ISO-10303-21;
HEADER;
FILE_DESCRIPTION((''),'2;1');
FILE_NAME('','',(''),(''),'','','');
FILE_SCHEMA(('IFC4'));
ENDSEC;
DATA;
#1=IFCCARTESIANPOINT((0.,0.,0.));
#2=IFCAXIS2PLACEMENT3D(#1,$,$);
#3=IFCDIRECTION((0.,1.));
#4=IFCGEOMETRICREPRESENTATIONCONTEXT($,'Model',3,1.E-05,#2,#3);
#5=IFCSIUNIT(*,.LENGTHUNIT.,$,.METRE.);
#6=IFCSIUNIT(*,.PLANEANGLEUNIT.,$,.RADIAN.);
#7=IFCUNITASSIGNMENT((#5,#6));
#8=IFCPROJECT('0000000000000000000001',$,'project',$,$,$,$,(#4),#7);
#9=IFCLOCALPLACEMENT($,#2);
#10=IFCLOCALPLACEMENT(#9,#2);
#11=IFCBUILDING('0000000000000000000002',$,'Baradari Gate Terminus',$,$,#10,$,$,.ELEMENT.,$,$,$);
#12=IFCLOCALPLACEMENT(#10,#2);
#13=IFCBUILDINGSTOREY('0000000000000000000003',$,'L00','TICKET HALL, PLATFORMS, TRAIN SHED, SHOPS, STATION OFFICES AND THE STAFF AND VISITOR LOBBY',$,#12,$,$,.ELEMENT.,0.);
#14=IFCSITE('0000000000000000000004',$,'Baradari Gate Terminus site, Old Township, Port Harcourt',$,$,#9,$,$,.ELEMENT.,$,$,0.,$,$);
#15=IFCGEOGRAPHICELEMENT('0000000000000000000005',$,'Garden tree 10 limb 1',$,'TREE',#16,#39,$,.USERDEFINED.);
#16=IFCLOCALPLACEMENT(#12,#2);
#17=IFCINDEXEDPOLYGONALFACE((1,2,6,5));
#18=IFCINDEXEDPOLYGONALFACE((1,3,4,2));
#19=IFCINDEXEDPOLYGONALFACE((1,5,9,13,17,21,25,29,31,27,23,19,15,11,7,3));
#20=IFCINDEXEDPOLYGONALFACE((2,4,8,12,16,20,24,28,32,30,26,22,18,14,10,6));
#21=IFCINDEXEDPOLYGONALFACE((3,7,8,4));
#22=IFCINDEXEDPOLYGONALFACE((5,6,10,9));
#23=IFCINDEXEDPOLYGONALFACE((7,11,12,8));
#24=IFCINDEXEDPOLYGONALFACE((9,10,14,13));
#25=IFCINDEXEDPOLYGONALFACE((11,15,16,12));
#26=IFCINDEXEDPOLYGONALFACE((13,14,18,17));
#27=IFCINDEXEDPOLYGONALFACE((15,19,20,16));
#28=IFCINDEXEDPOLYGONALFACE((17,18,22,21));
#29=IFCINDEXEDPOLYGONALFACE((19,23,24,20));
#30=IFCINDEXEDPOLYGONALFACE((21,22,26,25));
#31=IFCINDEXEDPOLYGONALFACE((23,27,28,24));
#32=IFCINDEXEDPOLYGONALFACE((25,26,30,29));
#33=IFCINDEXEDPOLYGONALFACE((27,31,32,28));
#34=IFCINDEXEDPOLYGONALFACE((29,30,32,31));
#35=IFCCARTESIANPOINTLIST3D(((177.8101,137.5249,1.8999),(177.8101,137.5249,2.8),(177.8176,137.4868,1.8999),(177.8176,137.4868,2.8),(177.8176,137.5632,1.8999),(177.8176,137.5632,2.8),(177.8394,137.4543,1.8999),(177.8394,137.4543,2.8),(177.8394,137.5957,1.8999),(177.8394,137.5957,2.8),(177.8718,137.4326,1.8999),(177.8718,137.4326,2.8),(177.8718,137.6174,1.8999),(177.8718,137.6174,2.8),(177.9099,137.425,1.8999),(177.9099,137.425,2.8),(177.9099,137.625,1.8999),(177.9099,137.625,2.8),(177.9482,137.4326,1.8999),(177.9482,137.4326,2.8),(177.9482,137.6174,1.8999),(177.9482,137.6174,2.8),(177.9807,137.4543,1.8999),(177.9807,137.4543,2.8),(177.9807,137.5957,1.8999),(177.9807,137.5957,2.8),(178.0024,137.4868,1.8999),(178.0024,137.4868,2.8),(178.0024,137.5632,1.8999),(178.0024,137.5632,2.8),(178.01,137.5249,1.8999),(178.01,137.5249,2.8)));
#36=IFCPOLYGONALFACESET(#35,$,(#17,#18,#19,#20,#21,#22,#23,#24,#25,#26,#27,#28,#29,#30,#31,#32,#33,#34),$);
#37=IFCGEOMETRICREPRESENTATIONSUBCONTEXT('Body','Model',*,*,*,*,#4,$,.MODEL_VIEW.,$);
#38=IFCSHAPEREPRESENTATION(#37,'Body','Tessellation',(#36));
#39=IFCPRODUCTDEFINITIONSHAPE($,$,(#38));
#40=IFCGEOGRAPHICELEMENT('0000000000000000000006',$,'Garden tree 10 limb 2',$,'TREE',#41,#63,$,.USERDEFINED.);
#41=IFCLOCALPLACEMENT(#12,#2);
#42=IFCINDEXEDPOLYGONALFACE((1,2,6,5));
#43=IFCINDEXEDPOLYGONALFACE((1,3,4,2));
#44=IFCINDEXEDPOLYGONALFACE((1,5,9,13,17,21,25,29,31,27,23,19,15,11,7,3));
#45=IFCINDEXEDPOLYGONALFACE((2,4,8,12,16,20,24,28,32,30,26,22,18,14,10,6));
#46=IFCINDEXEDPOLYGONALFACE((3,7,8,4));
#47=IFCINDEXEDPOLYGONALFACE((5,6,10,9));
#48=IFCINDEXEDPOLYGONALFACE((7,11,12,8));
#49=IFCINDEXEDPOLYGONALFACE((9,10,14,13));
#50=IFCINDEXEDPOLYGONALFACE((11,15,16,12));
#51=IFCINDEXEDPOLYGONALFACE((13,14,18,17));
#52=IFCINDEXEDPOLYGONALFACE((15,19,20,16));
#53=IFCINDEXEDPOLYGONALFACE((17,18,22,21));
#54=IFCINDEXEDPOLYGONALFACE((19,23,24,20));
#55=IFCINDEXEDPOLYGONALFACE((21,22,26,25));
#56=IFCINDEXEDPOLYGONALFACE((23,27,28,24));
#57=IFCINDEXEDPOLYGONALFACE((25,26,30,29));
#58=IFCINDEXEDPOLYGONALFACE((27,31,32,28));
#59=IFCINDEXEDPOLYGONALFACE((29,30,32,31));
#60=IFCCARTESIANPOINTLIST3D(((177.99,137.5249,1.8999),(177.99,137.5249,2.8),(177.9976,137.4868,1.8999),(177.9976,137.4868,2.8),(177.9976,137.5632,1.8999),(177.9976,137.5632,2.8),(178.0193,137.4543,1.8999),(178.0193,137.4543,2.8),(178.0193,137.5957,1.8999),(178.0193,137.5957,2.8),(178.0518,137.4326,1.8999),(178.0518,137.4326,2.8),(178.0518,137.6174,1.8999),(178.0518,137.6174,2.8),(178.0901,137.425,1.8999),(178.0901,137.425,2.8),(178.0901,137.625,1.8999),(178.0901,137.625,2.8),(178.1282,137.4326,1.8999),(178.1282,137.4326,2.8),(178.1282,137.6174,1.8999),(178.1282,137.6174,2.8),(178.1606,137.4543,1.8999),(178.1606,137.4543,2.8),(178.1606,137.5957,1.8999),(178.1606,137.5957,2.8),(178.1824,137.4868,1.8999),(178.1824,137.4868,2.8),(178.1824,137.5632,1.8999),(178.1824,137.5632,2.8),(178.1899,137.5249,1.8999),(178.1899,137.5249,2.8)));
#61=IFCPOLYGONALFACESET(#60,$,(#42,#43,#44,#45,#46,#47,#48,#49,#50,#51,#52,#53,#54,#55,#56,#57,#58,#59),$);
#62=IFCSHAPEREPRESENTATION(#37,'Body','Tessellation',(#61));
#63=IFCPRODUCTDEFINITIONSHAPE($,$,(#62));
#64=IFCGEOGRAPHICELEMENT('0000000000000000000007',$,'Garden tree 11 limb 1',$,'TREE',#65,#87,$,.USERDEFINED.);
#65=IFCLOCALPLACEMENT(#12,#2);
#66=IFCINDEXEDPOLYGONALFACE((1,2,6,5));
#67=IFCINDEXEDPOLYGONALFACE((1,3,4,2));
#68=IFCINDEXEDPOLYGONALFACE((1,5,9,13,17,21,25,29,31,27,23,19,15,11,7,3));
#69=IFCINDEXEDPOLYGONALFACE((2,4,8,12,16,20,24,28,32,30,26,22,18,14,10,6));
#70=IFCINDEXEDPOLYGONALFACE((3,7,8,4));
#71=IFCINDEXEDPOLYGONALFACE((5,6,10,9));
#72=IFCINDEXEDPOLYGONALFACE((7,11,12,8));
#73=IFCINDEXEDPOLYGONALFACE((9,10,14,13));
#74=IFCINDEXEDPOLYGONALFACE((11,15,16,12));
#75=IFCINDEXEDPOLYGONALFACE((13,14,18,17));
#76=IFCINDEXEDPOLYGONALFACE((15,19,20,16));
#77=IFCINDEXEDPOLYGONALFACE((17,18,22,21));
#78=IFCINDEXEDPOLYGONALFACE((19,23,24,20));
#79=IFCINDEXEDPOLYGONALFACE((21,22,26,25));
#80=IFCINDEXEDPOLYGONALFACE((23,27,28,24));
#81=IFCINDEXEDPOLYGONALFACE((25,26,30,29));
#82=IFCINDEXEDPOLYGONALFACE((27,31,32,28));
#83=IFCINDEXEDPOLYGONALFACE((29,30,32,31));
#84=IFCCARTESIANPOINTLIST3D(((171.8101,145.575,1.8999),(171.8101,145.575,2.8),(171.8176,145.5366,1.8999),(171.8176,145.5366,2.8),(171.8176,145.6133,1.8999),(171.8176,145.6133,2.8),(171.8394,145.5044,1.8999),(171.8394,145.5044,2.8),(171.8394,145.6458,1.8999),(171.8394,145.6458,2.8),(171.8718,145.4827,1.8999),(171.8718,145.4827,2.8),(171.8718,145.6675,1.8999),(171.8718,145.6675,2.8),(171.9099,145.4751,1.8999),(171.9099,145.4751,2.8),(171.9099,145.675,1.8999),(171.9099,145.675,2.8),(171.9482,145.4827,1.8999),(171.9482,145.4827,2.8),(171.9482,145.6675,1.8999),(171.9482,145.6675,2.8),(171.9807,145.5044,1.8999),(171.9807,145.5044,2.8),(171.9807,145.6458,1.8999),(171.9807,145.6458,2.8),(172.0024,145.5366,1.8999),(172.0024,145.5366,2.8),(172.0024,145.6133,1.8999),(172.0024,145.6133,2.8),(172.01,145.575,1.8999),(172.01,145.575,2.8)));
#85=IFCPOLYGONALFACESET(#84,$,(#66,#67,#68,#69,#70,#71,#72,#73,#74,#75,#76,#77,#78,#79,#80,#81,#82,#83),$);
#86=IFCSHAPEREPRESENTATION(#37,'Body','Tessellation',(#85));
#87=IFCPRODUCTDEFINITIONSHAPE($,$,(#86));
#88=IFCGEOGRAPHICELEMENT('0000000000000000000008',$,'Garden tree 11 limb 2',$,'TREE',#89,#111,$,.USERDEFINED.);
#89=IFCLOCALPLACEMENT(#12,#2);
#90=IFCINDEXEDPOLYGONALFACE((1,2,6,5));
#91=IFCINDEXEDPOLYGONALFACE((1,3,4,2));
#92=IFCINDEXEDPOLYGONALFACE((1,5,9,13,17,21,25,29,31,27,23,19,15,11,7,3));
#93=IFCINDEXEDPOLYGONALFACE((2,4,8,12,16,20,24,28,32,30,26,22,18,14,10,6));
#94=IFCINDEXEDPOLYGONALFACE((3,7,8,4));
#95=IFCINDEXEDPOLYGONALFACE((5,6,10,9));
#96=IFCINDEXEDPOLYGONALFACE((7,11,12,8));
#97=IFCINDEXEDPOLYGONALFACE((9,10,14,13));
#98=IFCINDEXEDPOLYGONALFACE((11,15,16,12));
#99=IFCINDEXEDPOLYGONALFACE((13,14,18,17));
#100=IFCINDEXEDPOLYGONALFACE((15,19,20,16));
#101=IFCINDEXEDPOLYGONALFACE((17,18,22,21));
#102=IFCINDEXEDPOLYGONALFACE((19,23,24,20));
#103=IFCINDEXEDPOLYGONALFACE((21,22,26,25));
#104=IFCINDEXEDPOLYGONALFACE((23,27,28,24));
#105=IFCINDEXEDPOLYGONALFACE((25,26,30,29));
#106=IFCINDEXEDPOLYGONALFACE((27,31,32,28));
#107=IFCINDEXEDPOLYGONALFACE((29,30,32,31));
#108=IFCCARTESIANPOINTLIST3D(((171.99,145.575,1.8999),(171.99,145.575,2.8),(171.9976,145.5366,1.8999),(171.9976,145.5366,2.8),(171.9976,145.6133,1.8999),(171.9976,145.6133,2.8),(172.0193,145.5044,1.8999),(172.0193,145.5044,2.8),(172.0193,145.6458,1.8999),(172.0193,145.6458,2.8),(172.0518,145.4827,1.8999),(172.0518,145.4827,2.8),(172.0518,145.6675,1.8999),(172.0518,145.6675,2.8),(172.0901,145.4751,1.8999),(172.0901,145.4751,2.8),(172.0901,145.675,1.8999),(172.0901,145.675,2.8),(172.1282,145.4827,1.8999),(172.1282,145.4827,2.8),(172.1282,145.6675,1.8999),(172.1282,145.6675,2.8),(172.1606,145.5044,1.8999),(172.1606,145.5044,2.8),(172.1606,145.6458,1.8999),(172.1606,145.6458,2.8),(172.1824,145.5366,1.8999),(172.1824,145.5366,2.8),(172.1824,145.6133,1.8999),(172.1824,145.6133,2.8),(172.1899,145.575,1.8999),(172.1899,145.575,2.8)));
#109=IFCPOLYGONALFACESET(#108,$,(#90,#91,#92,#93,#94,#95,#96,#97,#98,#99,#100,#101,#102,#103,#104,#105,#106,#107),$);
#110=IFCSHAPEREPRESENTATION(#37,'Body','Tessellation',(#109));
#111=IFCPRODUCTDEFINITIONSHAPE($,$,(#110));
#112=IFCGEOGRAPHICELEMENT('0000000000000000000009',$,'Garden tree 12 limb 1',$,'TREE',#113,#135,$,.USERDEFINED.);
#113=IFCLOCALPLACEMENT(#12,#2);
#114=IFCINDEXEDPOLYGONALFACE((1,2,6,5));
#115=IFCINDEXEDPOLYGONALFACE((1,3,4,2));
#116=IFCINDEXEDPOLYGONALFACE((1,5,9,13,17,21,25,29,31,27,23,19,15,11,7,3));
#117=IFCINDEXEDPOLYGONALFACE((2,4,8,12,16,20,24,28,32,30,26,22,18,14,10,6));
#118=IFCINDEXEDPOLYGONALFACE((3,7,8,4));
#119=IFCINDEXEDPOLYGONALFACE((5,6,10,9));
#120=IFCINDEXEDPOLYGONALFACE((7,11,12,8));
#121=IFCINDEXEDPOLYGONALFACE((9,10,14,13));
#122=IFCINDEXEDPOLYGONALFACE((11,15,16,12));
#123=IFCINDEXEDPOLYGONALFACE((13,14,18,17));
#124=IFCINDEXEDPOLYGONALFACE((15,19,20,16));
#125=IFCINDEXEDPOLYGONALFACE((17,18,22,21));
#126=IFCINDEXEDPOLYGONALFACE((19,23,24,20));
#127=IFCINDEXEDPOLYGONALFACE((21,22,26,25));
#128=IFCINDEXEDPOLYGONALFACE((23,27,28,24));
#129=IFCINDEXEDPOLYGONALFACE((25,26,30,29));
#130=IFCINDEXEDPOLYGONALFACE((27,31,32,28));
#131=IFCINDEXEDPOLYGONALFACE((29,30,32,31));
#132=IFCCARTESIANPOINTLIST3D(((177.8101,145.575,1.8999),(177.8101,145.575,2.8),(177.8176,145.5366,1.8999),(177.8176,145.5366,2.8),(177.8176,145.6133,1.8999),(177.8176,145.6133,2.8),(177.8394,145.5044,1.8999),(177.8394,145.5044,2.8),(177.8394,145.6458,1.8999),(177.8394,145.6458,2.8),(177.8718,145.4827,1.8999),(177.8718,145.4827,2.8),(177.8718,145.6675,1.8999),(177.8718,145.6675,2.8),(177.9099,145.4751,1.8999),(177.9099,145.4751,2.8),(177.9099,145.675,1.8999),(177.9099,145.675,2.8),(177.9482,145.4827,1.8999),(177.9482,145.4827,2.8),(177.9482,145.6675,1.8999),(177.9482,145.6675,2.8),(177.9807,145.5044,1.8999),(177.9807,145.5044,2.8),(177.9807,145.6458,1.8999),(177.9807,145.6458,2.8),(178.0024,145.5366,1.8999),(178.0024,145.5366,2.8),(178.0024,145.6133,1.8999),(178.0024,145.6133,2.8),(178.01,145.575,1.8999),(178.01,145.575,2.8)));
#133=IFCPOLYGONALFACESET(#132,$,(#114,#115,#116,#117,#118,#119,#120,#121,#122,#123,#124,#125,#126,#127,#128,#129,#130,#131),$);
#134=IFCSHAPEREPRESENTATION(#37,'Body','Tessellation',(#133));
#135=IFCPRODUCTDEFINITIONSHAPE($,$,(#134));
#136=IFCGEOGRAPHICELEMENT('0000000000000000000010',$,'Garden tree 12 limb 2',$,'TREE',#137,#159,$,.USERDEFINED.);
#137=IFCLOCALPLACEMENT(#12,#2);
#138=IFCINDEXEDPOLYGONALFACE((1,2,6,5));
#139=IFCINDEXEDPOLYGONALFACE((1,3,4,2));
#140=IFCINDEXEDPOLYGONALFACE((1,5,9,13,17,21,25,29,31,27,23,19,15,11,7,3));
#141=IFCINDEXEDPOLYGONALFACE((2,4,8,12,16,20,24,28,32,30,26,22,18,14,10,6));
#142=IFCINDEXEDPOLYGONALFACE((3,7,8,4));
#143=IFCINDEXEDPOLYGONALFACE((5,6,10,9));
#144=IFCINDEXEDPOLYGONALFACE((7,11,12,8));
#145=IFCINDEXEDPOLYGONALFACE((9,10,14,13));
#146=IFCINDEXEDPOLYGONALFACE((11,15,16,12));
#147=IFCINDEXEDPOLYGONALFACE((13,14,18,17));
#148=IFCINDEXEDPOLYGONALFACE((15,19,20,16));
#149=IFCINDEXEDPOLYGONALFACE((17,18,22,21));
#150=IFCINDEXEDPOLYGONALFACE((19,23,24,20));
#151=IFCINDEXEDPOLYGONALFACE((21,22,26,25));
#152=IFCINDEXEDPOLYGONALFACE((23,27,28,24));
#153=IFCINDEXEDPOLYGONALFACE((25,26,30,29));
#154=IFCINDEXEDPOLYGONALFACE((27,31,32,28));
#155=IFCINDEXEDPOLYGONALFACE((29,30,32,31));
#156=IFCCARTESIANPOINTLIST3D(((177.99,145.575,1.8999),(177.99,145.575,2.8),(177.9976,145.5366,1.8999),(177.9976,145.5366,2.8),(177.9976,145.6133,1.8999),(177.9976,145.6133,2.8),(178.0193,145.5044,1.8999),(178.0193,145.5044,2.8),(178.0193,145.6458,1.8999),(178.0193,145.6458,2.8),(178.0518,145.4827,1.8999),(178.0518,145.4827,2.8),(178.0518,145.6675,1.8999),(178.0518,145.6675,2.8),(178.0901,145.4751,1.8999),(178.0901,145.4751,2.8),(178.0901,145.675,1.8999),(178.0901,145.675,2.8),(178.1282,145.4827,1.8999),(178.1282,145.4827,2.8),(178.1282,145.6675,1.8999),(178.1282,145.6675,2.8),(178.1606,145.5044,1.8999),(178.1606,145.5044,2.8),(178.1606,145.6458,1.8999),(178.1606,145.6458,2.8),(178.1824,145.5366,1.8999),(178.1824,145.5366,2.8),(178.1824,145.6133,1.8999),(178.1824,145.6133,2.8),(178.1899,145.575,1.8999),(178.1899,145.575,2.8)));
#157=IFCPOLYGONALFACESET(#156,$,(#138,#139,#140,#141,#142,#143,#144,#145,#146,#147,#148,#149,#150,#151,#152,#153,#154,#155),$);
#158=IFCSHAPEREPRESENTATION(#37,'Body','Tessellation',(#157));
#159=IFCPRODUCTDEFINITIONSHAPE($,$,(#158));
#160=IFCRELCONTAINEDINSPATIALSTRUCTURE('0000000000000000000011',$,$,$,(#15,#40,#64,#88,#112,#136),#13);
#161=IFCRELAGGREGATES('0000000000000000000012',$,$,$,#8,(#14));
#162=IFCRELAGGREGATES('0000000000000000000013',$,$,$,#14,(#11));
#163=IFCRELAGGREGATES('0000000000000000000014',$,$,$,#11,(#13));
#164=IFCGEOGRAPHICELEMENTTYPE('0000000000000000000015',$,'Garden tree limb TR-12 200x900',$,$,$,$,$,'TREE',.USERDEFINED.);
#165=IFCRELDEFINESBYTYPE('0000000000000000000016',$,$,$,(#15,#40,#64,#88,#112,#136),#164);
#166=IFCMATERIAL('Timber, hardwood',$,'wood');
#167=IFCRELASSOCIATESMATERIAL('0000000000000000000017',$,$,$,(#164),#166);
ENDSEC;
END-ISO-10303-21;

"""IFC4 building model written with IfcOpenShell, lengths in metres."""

from ifc_helpers import new_model, si_unit, direction, frame, origin, place, context, subcontext, project, spatial, polyline, outline, extrude, material, type_object, element, save


model = new_model("IFC4")

# Units and contexts
model_context = context("Model", 3, precision=1e-05, world=origin(), true_north=direction((0.0, 1.0)))
body_context = subcontext(model_context, "Body", "Model", "MODEL_VIEW")
ifc_project = project(units=[si_unit("LENGTHUNIT", "METRE"), si_unit("PLANEANGLEUNIT", "RADIAN")], contexts=[model_context])

# Site, building, storey
site_placement = place(None, origin())
site = spatial("IfcSite", under=ifc_project, at=site_placement, Name="Baradari Gate Terminus site, Old Township, Port Harcourt", CompositionType="ELEMENT", RefElevation=0.0)
building_placement = place(site_placement, origin())
building = spatial("IfcBuilding", under=site, at=building_placement, Name="Baradari Gate Terminus", CompositionType="ELEMENT")
storey_placement = place(building_placement, origin())
storey = spatial("IfcBuildingStorey", under=building, at=storey_placement, Name="L00", Description="TICKET HALL, PLATFORMS, TRAIN SHED, SHOPS, STATION OFFICES AND THE STAFF AND VISITOR LOBBY", CompositionType="ELEMENT", Elevation=0.0)

# Geographic elements
ifc_material = material(Name="Timber, hardwood", Category="wood")
geographic_element_type = type_object("IfcGeographicElementType", Name="Garden tree limb TR-12 200x900", ElementType="TREE", PredefinedType="USERDEFINED", material=ifc_material)
geographic_element_1_placement = place(storey_placement, frame((0.0, 0.0, 1.8999)))
element("IfcGeographicElement", 1, at=geographic_element_1_placement, inside=storey, type_object=geographic_element_type, Name="Garden tree 10 limb 1", ObjectType="TREE", PredefinedType="USERDEFINED", context=body_context, shape_type="SweptSolid", body=[
    extrude(outline(polyline([(178.01, 137.5249), (178.0024, 137.5632), (177.9807, 137.5957), (177.9482, 137.6174), (177.9099, 137.625), (177.8718, 137.6174), (177.8394, 137.5957), (177.8176, 137.5632), (177.8101, 137.5249), (177.8176, 137.4868), (177.8394, 137.4543), (177.8718, 137.4326), (177.9099, 137.425), (177.9482, 137.4326), (177.9807, 137.4543), (178.0024, 137.4868), (178.01, 137.5249)])), origin(), (0.0, 0.0, 1.0), 0.9001),
])
geographic_element_2_placement = place(storey_placement, frame((0.0, 0.0, 1.8999)))
element("IfcGeographicElement", 2, at=geographic_element_2_placement, inside=storey, type_object=geographic_element_type, Name="Garden tree 10 limb 2", ObjectType="TREE", PredefinedType="USERDEFINED", context=body_context, shape_type="SweptSolid", body=[
    extrude(outline(polyline([(178.1899, 137.5249), (178.1824, 137.5632), (178.1606, 137.5957), (178.1282, 137.6174), (178.0901, 137.625), (178.0518, 137.6174), (178.0193, 137.5957), (177.9976, 137.5632), (177.99, 137.5249), (177.9976, 137.4868), (178.0193, 137.4543), (178.0518, 137.4326), (178.0901, 137.425), (178.1282, 137.4326), (178.1606, 137.4543), (178.1824, 137.4868), (178.1899, 137.5249)])), origin(), (0.0, 0.0, 1.0), 0.9001),
])
geographic_element_3_placement = place(storey_placement, frame((0.0, 0.0, 1.8999)))
element("IfcGeographicElement", 3, at=geographic_element_3_placement, inside=storey, type_object=geographic_element_type, Name="Garden tree 11 limb 1", ObjectType="TREE", PredefinedType="USERDEFINED", context=body_context, shape_type="SweptSolid", body=[
    extrude(outline(polyline([(172.01, 145.575), (172.0024, 145.6133), (171.9807, 145.6458), (171.9482, 145.6675), (171.9099, 145.675), (171.8718, 145.6675), (171.8394, 145.6458), (171.8176, 145.6133), (171.8101, 145.575), (171.8176, 145.5366), (171.8394, 145.5044), (171.8718, 145.4827), (171.9099, 145.4751), (171.9482, 145.4827), (171.9807, 145.5044), (172.0024, 145.5366), (172.01, 145.575)])), origin(), (0.0, 0.0, 1.0), 0.9001),
])
geographic_element_4_placement = place(storey_placement, frame((0.0, 0.0, 1.8999)))
element("IfcGeographicElement", 4, at=geographic_element_4_placement, inside=storey, type_object=geographic_element_type, Name="Garden tree 11 limb 2", ObjectType="TREE", PredefinedType="USERDEFINED", context=body_context, shape_type="SweptSolid", body=[
    extrude(outline(polyline([(172.1899, 145.575), (172.1824, 145.6133), (172.1606, 145.6458), (172.1282, 145.6675), (172.0901, 145.675), (172.0518, 145.6675), (172.0193, 145.6458), (171.9976, 145.6133), (171.99, 145.575), (171.9976, 145.5366), (172.0193, 145.5044), (172.0518, 145.4827), (172.0901, 145.4751), (172.1282, 145.4827), (172.1606, 145.5044), (172.1824, 145.5366), (172.1899, 145.575)])), origin(), (0.0, 0.0, 1.0), 0.9001),
])
geographic_element_5_placement = place(storey_placement, frame((0.0, 0.0, 1.8999)))
element("IfcGeographicElement", 5, at=geographic_element_5_placement, inside=storey, type_object=geographic_element_type, Name="Garden tree 12 limb 1", ObjectType="TREE", PredefinedType="USERDEFINED", context=body_context, shape_type="SweptSolid", body=[
    extrude(outline(polyline([(178.01, 145.575), (178.0024, 145.6133), (177.9807, 145.6458), (177.9482, 145.6675), (177.9099, 145.675), (177.8718, 145.6675), (177.8394, 145.6458), (177.8176, 145.6133), (177.8101, 145.575), (177.8176, 145.5366), (177.8394, 145.5044), (177.8718, 145.4827), (177.9099, 145.4751), (177.9482, 145.4827), (177.9807, 145.5044), (178.0024, 145.5366), (178.01, 145.575)])), origin(), (0.0, 0.0, 1.0), 0.9001),
])
geographic_element_6_placement = place(storey_placement, frame((0.0, 0.0, 1.8999)))
element("IfcGeographicElement", 6, at=geographic_element_6_placement, inside=storey, type_object=geographic_element_type, Name="Garden tree 12 limb 2", ObjectType="TREE", PredefinedType="USERDEFINED", context=body_context, shape_type="SweptSolid", body=[
    extrude(outline(polyline([(178.1899, 145.575), (178.1824, 145.6133), (178.1606, 145.6458), (178.1282, 145.6675), (178.0901, 145.675), (178.0518, 145.6675), (178.0193, 145.6458), (177.9976, 145.6133), (177.99, 145.575), (177.9976, 145.5366), (178.0193, 145.5044), (178.0518, 145.4827), (178.0901, 145.4751), (178.1282, 145.4827), (178.1606, 145.5044), (178.1824, 145.5366), (178.1899, 145.575)])), origin(), (0.0, 0.0, 1.0), 0.9001),
])

save(model, "model.ifc")
